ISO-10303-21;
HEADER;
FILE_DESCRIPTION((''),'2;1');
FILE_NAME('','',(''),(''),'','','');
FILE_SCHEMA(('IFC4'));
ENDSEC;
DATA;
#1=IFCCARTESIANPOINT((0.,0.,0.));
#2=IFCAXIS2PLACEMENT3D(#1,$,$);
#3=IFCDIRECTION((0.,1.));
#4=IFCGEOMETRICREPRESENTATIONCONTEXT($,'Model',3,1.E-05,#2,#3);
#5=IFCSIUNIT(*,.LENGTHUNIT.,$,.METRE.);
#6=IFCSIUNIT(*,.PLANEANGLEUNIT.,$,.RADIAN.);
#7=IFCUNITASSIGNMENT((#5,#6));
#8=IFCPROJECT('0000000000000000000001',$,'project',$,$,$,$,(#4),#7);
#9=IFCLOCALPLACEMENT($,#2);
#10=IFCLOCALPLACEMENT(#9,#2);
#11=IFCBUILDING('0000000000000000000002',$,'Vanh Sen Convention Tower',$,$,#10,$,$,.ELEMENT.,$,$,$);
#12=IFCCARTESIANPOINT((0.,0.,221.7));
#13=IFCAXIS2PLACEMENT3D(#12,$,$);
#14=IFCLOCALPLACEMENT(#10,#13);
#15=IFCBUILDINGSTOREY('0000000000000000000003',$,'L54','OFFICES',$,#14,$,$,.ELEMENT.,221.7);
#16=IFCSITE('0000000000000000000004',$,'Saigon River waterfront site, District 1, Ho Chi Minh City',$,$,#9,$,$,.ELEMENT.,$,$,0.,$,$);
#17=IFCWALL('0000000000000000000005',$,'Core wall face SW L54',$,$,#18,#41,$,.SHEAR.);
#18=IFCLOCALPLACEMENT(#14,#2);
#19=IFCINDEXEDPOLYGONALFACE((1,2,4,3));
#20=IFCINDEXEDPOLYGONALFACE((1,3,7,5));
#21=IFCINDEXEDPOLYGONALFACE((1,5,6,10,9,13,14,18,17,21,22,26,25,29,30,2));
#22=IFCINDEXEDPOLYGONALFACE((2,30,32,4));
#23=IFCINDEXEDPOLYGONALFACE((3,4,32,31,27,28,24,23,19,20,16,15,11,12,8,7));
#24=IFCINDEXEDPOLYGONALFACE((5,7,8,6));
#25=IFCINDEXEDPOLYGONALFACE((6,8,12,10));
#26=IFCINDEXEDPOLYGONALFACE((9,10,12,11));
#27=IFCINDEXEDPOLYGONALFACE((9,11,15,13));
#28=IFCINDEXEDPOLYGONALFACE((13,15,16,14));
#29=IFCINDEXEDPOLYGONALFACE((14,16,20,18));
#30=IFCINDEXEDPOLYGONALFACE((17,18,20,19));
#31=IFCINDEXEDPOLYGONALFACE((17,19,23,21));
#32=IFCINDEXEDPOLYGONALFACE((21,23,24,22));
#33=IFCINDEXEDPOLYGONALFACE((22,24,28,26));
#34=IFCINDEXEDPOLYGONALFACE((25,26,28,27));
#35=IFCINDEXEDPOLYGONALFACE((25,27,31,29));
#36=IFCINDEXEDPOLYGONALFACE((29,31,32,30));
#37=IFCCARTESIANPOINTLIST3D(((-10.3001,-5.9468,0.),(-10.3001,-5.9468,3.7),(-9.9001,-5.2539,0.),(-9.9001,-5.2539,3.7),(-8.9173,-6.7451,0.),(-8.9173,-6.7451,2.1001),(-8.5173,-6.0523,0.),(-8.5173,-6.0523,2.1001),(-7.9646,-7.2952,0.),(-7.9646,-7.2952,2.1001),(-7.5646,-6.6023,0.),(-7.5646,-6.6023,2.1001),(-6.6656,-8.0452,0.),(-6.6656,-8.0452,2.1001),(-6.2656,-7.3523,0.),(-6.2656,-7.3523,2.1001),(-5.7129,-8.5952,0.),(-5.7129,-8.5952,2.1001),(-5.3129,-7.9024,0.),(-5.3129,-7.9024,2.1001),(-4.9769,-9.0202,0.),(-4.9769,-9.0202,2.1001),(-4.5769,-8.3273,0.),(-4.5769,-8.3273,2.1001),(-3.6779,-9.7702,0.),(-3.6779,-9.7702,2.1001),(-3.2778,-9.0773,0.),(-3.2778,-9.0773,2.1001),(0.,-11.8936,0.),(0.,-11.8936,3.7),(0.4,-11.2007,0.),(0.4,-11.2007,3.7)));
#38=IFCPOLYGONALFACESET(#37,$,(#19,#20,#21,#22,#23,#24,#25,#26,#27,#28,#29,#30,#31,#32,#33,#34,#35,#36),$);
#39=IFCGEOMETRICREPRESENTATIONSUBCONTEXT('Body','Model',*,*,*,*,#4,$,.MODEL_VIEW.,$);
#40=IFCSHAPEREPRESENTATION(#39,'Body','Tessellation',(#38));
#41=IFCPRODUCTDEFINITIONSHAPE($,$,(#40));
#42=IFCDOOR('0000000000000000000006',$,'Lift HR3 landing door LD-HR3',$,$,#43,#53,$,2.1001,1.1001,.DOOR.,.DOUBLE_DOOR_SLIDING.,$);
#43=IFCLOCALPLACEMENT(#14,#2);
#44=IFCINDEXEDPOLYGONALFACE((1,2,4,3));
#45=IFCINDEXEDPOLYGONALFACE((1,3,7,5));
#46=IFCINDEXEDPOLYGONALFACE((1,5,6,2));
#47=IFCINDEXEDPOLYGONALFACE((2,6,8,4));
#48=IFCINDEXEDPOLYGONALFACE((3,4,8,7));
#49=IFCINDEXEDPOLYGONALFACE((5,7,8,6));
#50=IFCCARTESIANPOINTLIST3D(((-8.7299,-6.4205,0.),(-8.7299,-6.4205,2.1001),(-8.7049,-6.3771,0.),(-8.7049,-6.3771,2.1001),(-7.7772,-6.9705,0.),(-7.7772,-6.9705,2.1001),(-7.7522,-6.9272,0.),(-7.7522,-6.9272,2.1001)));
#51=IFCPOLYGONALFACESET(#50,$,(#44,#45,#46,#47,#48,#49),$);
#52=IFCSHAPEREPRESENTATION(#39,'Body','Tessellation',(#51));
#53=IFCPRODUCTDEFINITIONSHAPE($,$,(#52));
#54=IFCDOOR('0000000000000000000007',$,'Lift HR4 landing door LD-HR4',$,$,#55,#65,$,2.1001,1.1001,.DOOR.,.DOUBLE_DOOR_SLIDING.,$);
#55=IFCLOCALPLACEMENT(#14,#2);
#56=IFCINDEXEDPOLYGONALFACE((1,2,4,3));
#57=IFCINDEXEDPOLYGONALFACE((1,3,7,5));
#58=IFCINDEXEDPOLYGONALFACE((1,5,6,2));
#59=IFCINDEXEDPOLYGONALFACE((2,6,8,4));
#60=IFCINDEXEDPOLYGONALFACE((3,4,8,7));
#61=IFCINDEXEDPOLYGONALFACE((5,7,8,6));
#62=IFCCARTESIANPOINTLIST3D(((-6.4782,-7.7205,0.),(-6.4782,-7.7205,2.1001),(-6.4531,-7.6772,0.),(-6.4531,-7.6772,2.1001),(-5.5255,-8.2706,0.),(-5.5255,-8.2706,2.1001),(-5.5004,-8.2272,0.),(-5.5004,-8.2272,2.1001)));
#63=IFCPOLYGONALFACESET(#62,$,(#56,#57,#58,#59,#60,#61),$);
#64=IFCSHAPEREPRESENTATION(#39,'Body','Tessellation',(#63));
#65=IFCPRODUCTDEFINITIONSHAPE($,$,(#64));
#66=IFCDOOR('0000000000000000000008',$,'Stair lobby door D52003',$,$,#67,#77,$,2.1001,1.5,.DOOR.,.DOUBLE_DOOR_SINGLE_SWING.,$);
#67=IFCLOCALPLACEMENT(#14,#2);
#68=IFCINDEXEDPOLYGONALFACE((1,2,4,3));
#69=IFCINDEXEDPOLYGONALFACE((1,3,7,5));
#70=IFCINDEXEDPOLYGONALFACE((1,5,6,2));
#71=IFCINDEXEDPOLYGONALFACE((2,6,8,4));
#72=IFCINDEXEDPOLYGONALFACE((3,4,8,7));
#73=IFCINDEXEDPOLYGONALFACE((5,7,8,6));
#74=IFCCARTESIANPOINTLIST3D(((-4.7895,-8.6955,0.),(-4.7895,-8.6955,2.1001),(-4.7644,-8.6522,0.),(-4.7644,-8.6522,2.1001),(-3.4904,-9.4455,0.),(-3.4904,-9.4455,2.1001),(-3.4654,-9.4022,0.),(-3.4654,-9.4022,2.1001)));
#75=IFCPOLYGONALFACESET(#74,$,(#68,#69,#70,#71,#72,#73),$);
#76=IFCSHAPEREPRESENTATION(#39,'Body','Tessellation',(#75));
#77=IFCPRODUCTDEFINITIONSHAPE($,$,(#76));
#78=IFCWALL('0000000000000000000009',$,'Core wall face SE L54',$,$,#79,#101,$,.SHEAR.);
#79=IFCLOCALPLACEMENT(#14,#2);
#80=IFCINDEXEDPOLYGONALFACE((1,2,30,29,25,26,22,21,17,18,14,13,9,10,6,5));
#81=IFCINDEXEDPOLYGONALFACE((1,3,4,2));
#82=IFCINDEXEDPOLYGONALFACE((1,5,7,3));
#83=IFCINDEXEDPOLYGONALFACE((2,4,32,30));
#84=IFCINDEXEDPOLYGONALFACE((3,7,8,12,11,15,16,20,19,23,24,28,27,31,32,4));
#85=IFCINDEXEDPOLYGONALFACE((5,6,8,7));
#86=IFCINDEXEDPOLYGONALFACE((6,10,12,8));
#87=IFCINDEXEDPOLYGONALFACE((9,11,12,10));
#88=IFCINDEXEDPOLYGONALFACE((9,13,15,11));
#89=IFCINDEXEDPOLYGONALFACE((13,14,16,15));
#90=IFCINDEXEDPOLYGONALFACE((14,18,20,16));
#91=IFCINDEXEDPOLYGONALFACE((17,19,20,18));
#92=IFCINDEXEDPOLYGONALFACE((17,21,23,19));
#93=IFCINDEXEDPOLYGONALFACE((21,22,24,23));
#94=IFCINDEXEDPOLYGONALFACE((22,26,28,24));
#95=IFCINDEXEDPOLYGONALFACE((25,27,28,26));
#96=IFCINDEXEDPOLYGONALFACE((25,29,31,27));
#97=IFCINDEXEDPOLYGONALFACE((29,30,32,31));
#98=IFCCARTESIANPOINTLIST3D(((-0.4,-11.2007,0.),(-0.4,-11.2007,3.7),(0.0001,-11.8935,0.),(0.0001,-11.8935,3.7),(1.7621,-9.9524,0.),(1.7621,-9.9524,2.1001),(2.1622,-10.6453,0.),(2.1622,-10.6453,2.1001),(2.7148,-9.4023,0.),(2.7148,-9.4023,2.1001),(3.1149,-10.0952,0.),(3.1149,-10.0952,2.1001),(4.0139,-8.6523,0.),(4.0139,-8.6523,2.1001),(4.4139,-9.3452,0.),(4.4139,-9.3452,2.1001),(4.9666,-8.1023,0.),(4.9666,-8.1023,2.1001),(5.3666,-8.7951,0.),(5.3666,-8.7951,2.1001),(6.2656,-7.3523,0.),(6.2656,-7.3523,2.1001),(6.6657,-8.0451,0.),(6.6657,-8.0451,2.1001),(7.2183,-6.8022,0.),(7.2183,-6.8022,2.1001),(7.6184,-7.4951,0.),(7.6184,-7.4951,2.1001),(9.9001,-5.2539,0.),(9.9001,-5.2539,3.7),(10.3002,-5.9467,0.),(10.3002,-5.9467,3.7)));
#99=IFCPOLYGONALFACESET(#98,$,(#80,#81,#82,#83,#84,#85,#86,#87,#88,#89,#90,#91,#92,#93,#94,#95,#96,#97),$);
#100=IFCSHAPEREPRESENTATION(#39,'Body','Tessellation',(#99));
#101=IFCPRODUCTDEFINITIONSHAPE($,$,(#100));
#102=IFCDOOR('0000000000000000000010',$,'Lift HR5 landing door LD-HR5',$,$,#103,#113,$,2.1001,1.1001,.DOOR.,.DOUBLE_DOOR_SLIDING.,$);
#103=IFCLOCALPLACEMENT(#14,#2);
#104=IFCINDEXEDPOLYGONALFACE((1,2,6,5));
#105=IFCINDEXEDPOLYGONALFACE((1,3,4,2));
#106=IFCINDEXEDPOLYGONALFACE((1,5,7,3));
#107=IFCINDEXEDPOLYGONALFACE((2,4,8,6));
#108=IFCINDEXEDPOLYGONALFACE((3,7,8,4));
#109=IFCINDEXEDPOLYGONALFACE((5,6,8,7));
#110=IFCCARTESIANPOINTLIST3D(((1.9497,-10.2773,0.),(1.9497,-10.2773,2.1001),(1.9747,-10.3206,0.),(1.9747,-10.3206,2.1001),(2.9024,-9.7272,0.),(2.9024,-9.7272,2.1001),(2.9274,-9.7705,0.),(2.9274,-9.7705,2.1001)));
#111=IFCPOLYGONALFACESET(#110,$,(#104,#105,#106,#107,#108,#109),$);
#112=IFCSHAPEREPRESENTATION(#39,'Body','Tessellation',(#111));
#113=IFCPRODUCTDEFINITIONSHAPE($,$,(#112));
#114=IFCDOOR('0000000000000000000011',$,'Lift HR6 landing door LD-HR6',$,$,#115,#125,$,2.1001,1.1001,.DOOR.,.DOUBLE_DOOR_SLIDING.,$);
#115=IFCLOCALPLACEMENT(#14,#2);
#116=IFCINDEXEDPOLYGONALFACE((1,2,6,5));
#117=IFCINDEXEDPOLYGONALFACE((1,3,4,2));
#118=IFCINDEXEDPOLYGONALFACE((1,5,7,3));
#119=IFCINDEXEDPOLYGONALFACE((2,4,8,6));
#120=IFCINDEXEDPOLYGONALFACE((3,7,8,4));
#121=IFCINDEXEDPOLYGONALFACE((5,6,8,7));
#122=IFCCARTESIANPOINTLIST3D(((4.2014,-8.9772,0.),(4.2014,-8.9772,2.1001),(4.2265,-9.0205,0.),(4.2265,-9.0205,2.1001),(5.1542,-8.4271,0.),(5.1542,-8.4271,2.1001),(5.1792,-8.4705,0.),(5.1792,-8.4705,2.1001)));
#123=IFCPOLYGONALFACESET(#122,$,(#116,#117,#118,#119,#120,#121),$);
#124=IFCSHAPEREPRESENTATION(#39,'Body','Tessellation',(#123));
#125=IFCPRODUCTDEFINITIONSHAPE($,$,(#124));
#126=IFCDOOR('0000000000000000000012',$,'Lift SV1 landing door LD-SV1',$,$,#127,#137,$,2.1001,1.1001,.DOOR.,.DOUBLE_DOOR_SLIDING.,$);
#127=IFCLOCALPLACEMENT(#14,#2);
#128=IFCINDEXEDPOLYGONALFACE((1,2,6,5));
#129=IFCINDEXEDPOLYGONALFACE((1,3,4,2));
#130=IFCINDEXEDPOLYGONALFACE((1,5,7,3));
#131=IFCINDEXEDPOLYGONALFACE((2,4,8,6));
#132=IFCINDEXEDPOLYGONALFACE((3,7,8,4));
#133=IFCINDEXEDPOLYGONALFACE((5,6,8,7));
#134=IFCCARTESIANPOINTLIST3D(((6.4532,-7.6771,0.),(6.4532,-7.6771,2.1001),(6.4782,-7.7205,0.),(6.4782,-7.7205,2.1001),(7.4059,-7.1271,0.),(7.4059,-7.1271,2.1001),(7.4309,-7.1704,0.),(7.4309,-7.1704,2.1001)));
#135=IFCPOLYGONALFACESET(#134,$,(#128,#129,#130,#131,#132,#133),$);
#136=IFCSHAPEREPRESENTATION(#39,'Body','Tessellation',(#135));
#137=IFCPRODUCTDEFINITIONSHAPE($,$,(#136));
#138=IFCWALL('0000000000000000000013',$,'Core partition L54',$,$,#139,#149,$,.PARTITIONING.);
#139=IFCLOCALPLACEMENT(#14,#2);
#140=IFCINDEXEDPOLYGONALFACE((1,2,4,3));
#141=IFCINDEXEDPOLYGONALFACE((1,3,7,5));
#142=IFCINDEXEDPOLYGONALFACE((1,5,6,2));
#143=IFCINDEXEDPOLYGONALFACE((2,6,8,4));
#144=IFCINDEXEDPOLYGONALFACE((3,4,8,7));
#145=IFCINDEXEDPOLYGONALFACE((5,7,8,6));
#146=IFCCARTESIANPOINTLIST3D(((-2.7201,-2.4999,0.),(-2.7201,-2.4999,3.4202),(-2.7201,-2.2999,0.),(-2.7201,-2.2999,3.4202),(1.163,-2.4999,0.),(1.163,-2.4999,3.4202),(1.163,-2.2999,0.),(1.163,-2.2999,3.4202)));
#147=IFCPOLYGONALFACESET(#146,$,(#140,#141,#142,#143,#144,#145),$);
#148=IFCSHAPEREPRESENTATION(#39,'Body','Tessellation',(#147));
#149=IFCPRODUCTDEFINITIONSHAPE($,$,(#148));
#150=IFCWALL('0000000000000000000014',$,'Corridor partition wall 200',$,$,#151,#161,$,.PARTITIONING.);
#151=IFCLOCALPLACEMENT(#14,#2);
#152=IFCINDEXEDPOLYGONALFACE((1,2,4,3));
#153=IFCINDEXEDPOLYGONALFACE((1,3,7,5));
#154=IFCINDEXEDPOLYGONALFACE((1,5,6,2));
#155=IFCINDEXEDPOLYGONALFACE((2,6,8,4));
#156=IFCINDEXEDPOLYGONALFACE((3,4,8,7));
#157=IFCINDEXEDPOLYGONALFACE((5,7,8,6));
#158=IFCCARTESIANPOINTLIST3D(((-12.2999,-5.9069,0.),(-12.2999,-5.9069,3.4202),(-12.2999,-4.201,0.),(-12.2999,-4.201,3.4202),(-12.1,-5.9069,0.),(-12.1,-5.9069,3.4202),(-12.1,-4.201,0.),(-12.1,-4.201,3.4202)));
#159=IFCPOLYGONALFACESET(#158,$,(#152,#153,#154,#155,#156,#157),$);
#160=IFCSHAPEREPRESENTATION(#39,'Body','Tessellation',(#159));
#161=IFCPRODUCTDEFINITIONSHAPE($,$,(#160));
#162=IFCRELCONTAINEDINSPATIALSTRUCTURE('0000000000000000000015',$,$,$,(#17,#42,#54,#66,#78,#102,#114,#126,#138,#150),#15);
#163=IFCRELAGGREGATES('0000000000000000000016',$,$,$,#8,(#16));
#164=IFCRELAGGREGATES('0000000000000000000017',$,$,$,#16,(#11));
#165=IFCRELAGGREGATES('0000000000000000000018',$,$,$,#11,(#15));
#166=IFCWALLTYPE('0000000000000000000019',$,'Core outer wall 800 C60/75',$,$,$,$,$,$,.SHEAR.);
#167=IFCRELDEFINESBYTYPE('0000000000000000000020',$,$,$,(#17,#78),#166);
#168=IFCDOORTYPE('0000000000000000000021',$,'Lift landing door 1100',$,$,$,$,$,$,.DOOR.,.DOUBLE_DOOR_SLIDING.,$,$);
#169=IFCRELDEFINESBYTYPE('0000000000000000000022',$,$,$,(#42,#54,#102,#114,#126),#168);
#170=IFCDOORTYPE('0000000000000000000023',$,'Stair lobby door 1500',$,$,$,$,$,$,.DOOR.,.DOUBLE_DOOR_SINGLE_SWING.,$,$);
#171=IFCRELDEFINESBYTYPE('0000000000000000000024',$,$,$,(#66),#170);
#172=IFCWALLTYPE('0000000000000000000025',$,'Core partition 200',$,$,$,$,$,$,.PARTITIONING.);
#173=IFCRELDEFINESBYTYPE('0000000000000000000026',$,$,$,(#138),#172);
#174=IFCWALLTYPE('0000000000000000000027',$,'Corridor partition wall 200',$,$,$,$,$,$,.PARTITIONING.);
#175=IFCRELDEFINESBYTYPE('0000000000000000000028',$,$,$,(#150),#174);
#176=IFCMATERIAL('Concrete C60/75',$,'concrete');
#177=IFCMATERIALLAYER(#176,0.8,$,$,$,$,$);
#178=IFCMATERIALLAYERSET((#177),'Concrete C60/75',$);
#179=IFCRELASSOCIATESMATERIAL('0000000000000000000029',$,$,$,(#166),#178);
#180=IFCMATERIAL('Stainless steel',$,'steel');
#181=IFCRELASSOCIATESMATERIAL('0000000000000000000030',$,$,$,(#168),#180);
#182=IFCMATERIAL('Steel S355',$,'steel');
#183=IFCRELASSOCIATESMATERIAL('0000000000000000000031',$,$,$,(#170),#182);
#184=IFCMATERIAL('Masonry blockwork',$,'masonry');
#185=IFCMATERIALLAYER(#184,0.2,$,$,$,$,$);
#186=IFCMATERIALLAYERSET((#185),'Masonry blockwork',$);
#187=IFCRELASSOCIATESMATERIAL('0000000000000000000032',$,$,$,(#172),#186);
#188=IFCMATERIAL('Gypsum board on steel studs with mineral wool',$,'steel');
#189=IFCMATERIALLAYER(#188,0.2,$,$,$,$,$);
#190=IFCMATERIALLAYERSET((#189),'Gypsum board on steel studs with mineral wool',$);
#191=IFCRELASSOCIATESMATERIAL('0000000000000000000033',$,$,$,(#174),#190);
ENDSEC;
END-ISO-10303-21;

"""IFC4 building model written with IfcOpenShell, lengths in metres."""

from ifc_helpers import new_model, si_unit, direction, frame, frame_2d, origin, place, context, subcontext, project, spatial, rectangle, extrude, material, layer, layer_set, type_object, element, fill, save


model = new_model("IFC4")

# Units and contexts
model_context = context("Model", 3, precision=1e-05, world=origin(), true_north=direction((0.0, 1.0)))
body_context = subcontext(model_context, "Body", "Model", "MODEL_VIEW")
ifc_project = project(units=[si_unit("LENGTHUNIT", "METRE"), si_unit("PLANEANGLEUNIT", "RADIAN")], contexts=[model_context])

# Site, building, storey
site_placement = place(None, origin())
site = spatial("IfcSite", under=ifc_project, at=site_placement, Name="Saigon River waterfront site, District 1, Ho Chi Minh City", CompositionType="ELEMENT", RefElevation=0.0)
building_placement = place(site_placement, origin())
building = spatial("IfcBuilding", under=site, at=building_placement, Name="Vanh Sen Convention Tower", CompositionType="ELEMENT")
storey_placement = place(building_placement, frame((0.0, 0.0, 221.7)))
storey = spatial("IfcBuildingStorey", under=building, at=storey_placement, Name="L54", Description="OFFICES", CompositionType="ELEMENT", Elevation=221.7)

# Walls, openings, doors
ifc_material_1 = material(Name="Concrete C60/75", Category="concrete")
ifc_layer_1 = layer(ifc_material_1, 0.8)
ifc_layer_set_1 = layer_set([ifc_layer_1], Name="Concrete C60/75")
wall_type_1 = type_object("IfcWallType", Name="Core outer wall 800 C60/75", PredefinedType="SHEAR", material=ifc_layer_set_1)
wall_1_placement = place(storey_placement, frame((-10.1001, -5.6003, 0.0), z_axis=(0.0, 0.0, 1.0), x_axis=(0.866024, -0.500003, 0.0)))
wall_1 = element("IfcWall", 1, at=wall_1_placement, inside=storey, type_object=wall_type_1, Name="Core wall face SW L54", PredefinedType="SHEAR", context=body_context, shape_type="SweptSolid", body=[
    extrude(rectangle(XDim=11.8936, YDim=0.8, at=frame_2d((5.9468, 0.0))), origin(), (0.0, 0.0, 1.0), 3.7),
])
opening_1_placement = place(wall_1_placement, frame((6.1467, 0.0, 0.0)))
opening_1 = element("IfcOpeningElement", 2, at=opening_1_placement, cuts=wall_1, PredefinedType="OPENING", context=body_context, shape_type="SweptSolid", body=[
    extrude(rectangle(XDim=1.5, YDim=2.1001, at=frame_2d((0.75, 1.05))), frame((0.0, 0.4099, 0.0), z_axis=(0.0, -1.0, 0.0), x_axis=(1.0, 0.0, 0.0)), (0.0, 0.0, 1.0), 0.8201),
])
opening_2_placement = place(wall_1_placement, frame((1.5967, 0.0, 0.0)))
opening_2 = element("IfcOpeningElement", 3, at=opening_2_placement, cuts=wall_1, PredefinedType="OPENING", context=body_context, shape_type="SweptSolid", body=[
    extrude(rectangle(XDim=1.1001, YDim=2.1001, at=frame_2d((0.55, 1.05))), frame((0.0, 0.4099, 0.0), z_axis=(0.0, -1.0, 0.0), x_axis=(1.0, 0.0, 0.0)), (0.0, 0.0, 1.0), 0.8201),
])
opening_3_placement = place(wall_1_placement, frame((4.1968, 0.0, 0.0)))
opening_3 = element("IfcOpeningElement", 4, at=opening_3_placement, cuts=wall_1, PredefinedType="OPENING", context=body_context, shape_type="SweptSolid", body=[
    extrude(rectangle(XDim=1.1001, YDim=2.1001, at=frame_2d((0.55, 1.05))), frame((0.0, 0.4099, 0.0), z_axis=(0.0, -1.0, 0.0), x_axis=(1.0, 0.0, 0.0)), (0.0, 0.0, 1.0), 0.8201),
])
ifc_material_2 = material(Name="Stainless steel", Category="steel")
door_type_1 = type_object("IfcDoorType", Name="Lift landing door 1100", OperationType="DOUBLE_DOOR_SLIDING", PredefinedType="DOOR", material=ifc_material_2)
door_1_placement = place(opening_2_placement, origin())
door_1 = element("IfcDoor", 5, at=door_1_placement, inside=storey, type_object=door_type_1, Name="Lift HR3 landing door LD-HR3", OperationType="DOUBLE_DOOR_SLIDING", OverallHeight=2.1001, OverallWidth=1.1001, PredefinedType="DOOR", context=body_context, shape_type="SweptSolid", body=[
    extrude(rectangle(XDim=1.1001, YDim=2.1001, at=frame_2d((0.55, 1.05))), frame((0.0, 0.0249, 0.0), z_axis=(0.0, -1.0, 0.0), x_axis=(1.0, 0.0, 0.0)), (0.0, 0.0, 1.0), 0.05),
])
fill(opening_2, door_1)
door_2_placement = place(opening_3_placement, origin())
door_2 = element("IfcDoor", 6, at=door_2_placement, inside=storey, type_object=door_type_1, Name="Lift HR4 landing door LD-HR4", OperationType="DOUBLE_DOOR_SLIDING", OverallHeight=2.1001, OverallWidth=1.1001, PredefinedType="DOOR", context=body_context, shape_type="SweptSolid", body=[
    extrude(rectangle(XDim=1.1001, YDim=2.1001, at=frame_2d((0.55, 1.05))), frame((0.0, 0.0249, 0.0), z_axis=(0.0, -1.0, 0.0), x_axis=(1.0, 0.0, 0.0)), (0.0, 0.0, 1.0), 0.05),
])
fill(opening_3, door_2)
ifc_material_3 = material(Name="Steel S355", Category="steel")
door_type_2 = type_object("IfcDoorType", Name="Stair lobby door 1500", OperationType="DOUBLE_DOOR_SINGLE_SWING", PredefinedType="DOOR", material=ifc_material_3)
door_3_placement = place(opening_1_placement, origin())
door_3 = element("IfcDoor", 7, at=door_3_placement, inside=storey, type_object=door_type_2, Name="Stair lobby door D52003", OperationType="DOUBLE_DOOR_SINGLE_SWING", OverallHeight=2.1001, OverallWidth=1.5, PredefinedType="DOOR", context=body_context, shape_type="SweptSolid", body=[
    extrude(rectangle(XDim=1.5, YDim=2.1001, at=frame_2d((0.75, 1.05))), frame((0.0, 0.0249, 0.0), z_axis=(0.0, -1.0, 0.0), x_axis=(1.0, 0.0, 0.0)), (0.0, 0.0, 1.0), 0.05),
])
fill(opening_1, door_3)
wall_2_placement = place(storey_placement, frame((-0.2, -11.5471, 0.0), z_axis=(0.0, 0.0, 1.0), x_axis=(0.866024, 0.500003, 0.0)))
wall_2 = element("IfcWall", 8, at=wall_2_placement, inside=storey, type_object=wall_type_1, Name="Core wall face SE L54", PredefinedType="SHEAR", context=body_context, shape_type="SweptSolid", body=[
    extrude(rectangle(XDim=11.8936, YDim=0.8, at=frame_2d((5.9468, 0.0))), origin(), (0.0, 0.0, 1.0), 3.7),
])
opening_4_placement = place(wall_2_placement, frame((2.4966, 0.0, 0.0)))
opening_4 = element("IfcOpeningElement", 9, at=opening_4_placement, cuts=wall_2, PredefinedType="OPENING", context=body_context, shape_type="SweptSolid", body=[
    extrude(rectangle(XDim=1.1001, YDim=2.1001, at=frame_2d((0.55, 1.05))), frame((0.0, 0.4099, 0.0), z_axis=(0.0, -1.0, 0.0), x_axis=(1.0, 0.0, 0.0)), (0.0, 0.0, 1.0), 0.8201),
])
opening_5_placement = place(wall_2_placement, frame((5.0967, 0.0, 0.0)))
opening_5 = element("IfcOpeningElement", 10, at=opening_5_placement, cuts=wall_2, PredefinedType="OPENING", context=body_context, shape_type="SweptSolid", body=[
    extrude(rectangle(XDim=1.1001, YDim=2.1001, at=frame_2d((0.55, 1.05))), frame((0.0, 0.4099, 0.0), z_axis=(0.0, -1.0, 0.0), x_axis=(1.0, 0.0, 0.0)), (0.0, 0.0, 1.0), 0.8201),
])
opening_6_placement = place(wall_2_placement, frame((7.6968, 0.0, 0.0)))
opening_6 = element("IfcOpeningElement", 11, at=opening_6_placement, cuts=wall_2, PredefinedType="OPENING", context=body_context, shape_type="SweptSolid", body=[
    extrude(rectangle(XDim=1.1001, YDim=2.1001, at=frame_2d((0.55, 1.05))), frame((0.0, 0.4099, 0.0), z_axis=(0.0, -1.0, 0.0), x_axis=(1.0, 0.0, 0.0)), (0.0, 0.0, 1.0), 0.8201),
])
door_4_placement = place(opening_4_placement, origin())
door_4 = element("IfcDoor", 12, at=door_4_placement, inside=storey, type_object=door_type_1, Name="Lift HR5 landing door LD-HR5", OperationType="DOUBLE_DOOR_SLIDING", OverallHeight=2.1001, OverallWidth=1.1001, PredefinedType="DOOR", context=body_context, shape_type="SweptSolid", body=[
    extrude(rectangle(XDim=1.1001, YDim=2.1001, at=frame_2d((0.55, 1.05))), frame((0.0, 0.0249, 0.0), z_axis=(0.0, -1.0, 0.0), x_axis=(1.0, 0.0, 0.0)), (0.0, 0.0, 1.0), 0.05),
])
fill(opening_4, door_4)
door_5_placement = place(opening_5_placement, origin())
door_5 = element("IfcDoor", 13, at=door_5_placement, inside=storey, type_object=door_type_1, Name="Lift HR6 landing door LD-HR6", OperationType="DOUBLE_DOOR_SLIDING", OverallHeight=2.1001, OverallWidth=1.1001, PredefinedType="DOOR", context=body_context, shape_type="SweptSolid", body=[
    extrude(rectangle(XDim=1.1001, YDim=2.1001, at=frame_2d((0.55, 1.05))), frame((0.0, 0.0249, 0.0), z_axis=(0.0, -1.0, 0.0), x_axis=(1.0, 0.0, 0.0)), (0.0, 0.0, 1.0), 0.05),
])
fill(opening_5, door_5)
door_6_placement = place(opening_6_placement, origin())
door_6 = element("IfcDoor", 14, at=door_6_placement, inside=storey, type_object=door_type_1, Name="Lift SV1 landing door LD-SV1", OperationType="DOUBLE_DOOR_SLIDING", OverallHeight=2.1001, OverallWidth=1.1001, PredefinedType="DOOR", context=body_context, shape_type="SweptSolid", body=[
    extrude(rectangle(XDim=1.1001, YDim=2.1001, at=frame_2d((0.55, 1.05))), frame((0.0, 0.0249, 0.0), z_axis=(0.0, -1.0, 0.0), x_axis=(1.0, 0.0, 0.0)), (0.0, 0.0, 1.0), 0.05),
])
fill(opening_6, door_6)

# Walls
ifc_material_4 = material(Name="Masonry blockwork", Category="masonry")
ifc_layer_2 = layer(ifc_material_4, 0.2)
ifc_layer_set_2 = layer_set([ifc_layer_2], Name="Masonry blockwork")
wall_type_2 = type_object("IfcWallType", Name="Core partition 200", PredefinedType="PARTITIONING", material=ifc_layer_set_2)
wall_3_placement = place(storey_placement, frame((-2.72, -2.3999, 0.0), z_axis=(0.0, 0.0, 1.0), x_axis=(1.0, 0.0, 0.0)))
element("IfcWall", 15, at=wall_3_placement, inside=storey, type_object=wall_type_2, Name="Core partition L54", PredefinedType="PARTITIONING", context=body_context, shape_type="SweptSolid", body=[
    extrude(rectangle(XDim=3.8831, YDim=0.2, at=frame_2d((1.9414, 0.0))), origin(), (0.0, 0.0, 1.0), 3.4202),
])
ifc_material_5 = material(Name="Gypsum board on steel studs with mineral wool", Category="steel")
ifc_layer_3 = layer(ifc_material_5, 0.2)
ifc_layer_set_3 = layer_set([ifc_layer_3], Name="Gypsum board on steel studs with mineral wool")
wall_type_3 = type_object("IfcWallType", Name="Corridor partition wall 200", PredefinedType="PARTITIONING", material=ifc_layer_set_3)
wall_4_placement = place(storey_placement, frame((-12.2, -4.2009, 0.0), z_axis=(0.0, 0.0, 1.0), x_axis=(0.0, -1.0, 0.0)))
element("IfcWall", 16, at=wall_4_placement, inside=storey, type_object=wall_type_3, Name="Corridor partition wall 200", PredefinedType="PARTITIONING", context=body_context, shape_type="SweptSolid", body=[
    extrude(rectangle(XDim=1.7058, YDim=0.2, at=frame_2d((0.853, 0.0))), origin(), (0.0, 0.0, 1.0), 3.4202),
])

save(model, "model.ifc")
